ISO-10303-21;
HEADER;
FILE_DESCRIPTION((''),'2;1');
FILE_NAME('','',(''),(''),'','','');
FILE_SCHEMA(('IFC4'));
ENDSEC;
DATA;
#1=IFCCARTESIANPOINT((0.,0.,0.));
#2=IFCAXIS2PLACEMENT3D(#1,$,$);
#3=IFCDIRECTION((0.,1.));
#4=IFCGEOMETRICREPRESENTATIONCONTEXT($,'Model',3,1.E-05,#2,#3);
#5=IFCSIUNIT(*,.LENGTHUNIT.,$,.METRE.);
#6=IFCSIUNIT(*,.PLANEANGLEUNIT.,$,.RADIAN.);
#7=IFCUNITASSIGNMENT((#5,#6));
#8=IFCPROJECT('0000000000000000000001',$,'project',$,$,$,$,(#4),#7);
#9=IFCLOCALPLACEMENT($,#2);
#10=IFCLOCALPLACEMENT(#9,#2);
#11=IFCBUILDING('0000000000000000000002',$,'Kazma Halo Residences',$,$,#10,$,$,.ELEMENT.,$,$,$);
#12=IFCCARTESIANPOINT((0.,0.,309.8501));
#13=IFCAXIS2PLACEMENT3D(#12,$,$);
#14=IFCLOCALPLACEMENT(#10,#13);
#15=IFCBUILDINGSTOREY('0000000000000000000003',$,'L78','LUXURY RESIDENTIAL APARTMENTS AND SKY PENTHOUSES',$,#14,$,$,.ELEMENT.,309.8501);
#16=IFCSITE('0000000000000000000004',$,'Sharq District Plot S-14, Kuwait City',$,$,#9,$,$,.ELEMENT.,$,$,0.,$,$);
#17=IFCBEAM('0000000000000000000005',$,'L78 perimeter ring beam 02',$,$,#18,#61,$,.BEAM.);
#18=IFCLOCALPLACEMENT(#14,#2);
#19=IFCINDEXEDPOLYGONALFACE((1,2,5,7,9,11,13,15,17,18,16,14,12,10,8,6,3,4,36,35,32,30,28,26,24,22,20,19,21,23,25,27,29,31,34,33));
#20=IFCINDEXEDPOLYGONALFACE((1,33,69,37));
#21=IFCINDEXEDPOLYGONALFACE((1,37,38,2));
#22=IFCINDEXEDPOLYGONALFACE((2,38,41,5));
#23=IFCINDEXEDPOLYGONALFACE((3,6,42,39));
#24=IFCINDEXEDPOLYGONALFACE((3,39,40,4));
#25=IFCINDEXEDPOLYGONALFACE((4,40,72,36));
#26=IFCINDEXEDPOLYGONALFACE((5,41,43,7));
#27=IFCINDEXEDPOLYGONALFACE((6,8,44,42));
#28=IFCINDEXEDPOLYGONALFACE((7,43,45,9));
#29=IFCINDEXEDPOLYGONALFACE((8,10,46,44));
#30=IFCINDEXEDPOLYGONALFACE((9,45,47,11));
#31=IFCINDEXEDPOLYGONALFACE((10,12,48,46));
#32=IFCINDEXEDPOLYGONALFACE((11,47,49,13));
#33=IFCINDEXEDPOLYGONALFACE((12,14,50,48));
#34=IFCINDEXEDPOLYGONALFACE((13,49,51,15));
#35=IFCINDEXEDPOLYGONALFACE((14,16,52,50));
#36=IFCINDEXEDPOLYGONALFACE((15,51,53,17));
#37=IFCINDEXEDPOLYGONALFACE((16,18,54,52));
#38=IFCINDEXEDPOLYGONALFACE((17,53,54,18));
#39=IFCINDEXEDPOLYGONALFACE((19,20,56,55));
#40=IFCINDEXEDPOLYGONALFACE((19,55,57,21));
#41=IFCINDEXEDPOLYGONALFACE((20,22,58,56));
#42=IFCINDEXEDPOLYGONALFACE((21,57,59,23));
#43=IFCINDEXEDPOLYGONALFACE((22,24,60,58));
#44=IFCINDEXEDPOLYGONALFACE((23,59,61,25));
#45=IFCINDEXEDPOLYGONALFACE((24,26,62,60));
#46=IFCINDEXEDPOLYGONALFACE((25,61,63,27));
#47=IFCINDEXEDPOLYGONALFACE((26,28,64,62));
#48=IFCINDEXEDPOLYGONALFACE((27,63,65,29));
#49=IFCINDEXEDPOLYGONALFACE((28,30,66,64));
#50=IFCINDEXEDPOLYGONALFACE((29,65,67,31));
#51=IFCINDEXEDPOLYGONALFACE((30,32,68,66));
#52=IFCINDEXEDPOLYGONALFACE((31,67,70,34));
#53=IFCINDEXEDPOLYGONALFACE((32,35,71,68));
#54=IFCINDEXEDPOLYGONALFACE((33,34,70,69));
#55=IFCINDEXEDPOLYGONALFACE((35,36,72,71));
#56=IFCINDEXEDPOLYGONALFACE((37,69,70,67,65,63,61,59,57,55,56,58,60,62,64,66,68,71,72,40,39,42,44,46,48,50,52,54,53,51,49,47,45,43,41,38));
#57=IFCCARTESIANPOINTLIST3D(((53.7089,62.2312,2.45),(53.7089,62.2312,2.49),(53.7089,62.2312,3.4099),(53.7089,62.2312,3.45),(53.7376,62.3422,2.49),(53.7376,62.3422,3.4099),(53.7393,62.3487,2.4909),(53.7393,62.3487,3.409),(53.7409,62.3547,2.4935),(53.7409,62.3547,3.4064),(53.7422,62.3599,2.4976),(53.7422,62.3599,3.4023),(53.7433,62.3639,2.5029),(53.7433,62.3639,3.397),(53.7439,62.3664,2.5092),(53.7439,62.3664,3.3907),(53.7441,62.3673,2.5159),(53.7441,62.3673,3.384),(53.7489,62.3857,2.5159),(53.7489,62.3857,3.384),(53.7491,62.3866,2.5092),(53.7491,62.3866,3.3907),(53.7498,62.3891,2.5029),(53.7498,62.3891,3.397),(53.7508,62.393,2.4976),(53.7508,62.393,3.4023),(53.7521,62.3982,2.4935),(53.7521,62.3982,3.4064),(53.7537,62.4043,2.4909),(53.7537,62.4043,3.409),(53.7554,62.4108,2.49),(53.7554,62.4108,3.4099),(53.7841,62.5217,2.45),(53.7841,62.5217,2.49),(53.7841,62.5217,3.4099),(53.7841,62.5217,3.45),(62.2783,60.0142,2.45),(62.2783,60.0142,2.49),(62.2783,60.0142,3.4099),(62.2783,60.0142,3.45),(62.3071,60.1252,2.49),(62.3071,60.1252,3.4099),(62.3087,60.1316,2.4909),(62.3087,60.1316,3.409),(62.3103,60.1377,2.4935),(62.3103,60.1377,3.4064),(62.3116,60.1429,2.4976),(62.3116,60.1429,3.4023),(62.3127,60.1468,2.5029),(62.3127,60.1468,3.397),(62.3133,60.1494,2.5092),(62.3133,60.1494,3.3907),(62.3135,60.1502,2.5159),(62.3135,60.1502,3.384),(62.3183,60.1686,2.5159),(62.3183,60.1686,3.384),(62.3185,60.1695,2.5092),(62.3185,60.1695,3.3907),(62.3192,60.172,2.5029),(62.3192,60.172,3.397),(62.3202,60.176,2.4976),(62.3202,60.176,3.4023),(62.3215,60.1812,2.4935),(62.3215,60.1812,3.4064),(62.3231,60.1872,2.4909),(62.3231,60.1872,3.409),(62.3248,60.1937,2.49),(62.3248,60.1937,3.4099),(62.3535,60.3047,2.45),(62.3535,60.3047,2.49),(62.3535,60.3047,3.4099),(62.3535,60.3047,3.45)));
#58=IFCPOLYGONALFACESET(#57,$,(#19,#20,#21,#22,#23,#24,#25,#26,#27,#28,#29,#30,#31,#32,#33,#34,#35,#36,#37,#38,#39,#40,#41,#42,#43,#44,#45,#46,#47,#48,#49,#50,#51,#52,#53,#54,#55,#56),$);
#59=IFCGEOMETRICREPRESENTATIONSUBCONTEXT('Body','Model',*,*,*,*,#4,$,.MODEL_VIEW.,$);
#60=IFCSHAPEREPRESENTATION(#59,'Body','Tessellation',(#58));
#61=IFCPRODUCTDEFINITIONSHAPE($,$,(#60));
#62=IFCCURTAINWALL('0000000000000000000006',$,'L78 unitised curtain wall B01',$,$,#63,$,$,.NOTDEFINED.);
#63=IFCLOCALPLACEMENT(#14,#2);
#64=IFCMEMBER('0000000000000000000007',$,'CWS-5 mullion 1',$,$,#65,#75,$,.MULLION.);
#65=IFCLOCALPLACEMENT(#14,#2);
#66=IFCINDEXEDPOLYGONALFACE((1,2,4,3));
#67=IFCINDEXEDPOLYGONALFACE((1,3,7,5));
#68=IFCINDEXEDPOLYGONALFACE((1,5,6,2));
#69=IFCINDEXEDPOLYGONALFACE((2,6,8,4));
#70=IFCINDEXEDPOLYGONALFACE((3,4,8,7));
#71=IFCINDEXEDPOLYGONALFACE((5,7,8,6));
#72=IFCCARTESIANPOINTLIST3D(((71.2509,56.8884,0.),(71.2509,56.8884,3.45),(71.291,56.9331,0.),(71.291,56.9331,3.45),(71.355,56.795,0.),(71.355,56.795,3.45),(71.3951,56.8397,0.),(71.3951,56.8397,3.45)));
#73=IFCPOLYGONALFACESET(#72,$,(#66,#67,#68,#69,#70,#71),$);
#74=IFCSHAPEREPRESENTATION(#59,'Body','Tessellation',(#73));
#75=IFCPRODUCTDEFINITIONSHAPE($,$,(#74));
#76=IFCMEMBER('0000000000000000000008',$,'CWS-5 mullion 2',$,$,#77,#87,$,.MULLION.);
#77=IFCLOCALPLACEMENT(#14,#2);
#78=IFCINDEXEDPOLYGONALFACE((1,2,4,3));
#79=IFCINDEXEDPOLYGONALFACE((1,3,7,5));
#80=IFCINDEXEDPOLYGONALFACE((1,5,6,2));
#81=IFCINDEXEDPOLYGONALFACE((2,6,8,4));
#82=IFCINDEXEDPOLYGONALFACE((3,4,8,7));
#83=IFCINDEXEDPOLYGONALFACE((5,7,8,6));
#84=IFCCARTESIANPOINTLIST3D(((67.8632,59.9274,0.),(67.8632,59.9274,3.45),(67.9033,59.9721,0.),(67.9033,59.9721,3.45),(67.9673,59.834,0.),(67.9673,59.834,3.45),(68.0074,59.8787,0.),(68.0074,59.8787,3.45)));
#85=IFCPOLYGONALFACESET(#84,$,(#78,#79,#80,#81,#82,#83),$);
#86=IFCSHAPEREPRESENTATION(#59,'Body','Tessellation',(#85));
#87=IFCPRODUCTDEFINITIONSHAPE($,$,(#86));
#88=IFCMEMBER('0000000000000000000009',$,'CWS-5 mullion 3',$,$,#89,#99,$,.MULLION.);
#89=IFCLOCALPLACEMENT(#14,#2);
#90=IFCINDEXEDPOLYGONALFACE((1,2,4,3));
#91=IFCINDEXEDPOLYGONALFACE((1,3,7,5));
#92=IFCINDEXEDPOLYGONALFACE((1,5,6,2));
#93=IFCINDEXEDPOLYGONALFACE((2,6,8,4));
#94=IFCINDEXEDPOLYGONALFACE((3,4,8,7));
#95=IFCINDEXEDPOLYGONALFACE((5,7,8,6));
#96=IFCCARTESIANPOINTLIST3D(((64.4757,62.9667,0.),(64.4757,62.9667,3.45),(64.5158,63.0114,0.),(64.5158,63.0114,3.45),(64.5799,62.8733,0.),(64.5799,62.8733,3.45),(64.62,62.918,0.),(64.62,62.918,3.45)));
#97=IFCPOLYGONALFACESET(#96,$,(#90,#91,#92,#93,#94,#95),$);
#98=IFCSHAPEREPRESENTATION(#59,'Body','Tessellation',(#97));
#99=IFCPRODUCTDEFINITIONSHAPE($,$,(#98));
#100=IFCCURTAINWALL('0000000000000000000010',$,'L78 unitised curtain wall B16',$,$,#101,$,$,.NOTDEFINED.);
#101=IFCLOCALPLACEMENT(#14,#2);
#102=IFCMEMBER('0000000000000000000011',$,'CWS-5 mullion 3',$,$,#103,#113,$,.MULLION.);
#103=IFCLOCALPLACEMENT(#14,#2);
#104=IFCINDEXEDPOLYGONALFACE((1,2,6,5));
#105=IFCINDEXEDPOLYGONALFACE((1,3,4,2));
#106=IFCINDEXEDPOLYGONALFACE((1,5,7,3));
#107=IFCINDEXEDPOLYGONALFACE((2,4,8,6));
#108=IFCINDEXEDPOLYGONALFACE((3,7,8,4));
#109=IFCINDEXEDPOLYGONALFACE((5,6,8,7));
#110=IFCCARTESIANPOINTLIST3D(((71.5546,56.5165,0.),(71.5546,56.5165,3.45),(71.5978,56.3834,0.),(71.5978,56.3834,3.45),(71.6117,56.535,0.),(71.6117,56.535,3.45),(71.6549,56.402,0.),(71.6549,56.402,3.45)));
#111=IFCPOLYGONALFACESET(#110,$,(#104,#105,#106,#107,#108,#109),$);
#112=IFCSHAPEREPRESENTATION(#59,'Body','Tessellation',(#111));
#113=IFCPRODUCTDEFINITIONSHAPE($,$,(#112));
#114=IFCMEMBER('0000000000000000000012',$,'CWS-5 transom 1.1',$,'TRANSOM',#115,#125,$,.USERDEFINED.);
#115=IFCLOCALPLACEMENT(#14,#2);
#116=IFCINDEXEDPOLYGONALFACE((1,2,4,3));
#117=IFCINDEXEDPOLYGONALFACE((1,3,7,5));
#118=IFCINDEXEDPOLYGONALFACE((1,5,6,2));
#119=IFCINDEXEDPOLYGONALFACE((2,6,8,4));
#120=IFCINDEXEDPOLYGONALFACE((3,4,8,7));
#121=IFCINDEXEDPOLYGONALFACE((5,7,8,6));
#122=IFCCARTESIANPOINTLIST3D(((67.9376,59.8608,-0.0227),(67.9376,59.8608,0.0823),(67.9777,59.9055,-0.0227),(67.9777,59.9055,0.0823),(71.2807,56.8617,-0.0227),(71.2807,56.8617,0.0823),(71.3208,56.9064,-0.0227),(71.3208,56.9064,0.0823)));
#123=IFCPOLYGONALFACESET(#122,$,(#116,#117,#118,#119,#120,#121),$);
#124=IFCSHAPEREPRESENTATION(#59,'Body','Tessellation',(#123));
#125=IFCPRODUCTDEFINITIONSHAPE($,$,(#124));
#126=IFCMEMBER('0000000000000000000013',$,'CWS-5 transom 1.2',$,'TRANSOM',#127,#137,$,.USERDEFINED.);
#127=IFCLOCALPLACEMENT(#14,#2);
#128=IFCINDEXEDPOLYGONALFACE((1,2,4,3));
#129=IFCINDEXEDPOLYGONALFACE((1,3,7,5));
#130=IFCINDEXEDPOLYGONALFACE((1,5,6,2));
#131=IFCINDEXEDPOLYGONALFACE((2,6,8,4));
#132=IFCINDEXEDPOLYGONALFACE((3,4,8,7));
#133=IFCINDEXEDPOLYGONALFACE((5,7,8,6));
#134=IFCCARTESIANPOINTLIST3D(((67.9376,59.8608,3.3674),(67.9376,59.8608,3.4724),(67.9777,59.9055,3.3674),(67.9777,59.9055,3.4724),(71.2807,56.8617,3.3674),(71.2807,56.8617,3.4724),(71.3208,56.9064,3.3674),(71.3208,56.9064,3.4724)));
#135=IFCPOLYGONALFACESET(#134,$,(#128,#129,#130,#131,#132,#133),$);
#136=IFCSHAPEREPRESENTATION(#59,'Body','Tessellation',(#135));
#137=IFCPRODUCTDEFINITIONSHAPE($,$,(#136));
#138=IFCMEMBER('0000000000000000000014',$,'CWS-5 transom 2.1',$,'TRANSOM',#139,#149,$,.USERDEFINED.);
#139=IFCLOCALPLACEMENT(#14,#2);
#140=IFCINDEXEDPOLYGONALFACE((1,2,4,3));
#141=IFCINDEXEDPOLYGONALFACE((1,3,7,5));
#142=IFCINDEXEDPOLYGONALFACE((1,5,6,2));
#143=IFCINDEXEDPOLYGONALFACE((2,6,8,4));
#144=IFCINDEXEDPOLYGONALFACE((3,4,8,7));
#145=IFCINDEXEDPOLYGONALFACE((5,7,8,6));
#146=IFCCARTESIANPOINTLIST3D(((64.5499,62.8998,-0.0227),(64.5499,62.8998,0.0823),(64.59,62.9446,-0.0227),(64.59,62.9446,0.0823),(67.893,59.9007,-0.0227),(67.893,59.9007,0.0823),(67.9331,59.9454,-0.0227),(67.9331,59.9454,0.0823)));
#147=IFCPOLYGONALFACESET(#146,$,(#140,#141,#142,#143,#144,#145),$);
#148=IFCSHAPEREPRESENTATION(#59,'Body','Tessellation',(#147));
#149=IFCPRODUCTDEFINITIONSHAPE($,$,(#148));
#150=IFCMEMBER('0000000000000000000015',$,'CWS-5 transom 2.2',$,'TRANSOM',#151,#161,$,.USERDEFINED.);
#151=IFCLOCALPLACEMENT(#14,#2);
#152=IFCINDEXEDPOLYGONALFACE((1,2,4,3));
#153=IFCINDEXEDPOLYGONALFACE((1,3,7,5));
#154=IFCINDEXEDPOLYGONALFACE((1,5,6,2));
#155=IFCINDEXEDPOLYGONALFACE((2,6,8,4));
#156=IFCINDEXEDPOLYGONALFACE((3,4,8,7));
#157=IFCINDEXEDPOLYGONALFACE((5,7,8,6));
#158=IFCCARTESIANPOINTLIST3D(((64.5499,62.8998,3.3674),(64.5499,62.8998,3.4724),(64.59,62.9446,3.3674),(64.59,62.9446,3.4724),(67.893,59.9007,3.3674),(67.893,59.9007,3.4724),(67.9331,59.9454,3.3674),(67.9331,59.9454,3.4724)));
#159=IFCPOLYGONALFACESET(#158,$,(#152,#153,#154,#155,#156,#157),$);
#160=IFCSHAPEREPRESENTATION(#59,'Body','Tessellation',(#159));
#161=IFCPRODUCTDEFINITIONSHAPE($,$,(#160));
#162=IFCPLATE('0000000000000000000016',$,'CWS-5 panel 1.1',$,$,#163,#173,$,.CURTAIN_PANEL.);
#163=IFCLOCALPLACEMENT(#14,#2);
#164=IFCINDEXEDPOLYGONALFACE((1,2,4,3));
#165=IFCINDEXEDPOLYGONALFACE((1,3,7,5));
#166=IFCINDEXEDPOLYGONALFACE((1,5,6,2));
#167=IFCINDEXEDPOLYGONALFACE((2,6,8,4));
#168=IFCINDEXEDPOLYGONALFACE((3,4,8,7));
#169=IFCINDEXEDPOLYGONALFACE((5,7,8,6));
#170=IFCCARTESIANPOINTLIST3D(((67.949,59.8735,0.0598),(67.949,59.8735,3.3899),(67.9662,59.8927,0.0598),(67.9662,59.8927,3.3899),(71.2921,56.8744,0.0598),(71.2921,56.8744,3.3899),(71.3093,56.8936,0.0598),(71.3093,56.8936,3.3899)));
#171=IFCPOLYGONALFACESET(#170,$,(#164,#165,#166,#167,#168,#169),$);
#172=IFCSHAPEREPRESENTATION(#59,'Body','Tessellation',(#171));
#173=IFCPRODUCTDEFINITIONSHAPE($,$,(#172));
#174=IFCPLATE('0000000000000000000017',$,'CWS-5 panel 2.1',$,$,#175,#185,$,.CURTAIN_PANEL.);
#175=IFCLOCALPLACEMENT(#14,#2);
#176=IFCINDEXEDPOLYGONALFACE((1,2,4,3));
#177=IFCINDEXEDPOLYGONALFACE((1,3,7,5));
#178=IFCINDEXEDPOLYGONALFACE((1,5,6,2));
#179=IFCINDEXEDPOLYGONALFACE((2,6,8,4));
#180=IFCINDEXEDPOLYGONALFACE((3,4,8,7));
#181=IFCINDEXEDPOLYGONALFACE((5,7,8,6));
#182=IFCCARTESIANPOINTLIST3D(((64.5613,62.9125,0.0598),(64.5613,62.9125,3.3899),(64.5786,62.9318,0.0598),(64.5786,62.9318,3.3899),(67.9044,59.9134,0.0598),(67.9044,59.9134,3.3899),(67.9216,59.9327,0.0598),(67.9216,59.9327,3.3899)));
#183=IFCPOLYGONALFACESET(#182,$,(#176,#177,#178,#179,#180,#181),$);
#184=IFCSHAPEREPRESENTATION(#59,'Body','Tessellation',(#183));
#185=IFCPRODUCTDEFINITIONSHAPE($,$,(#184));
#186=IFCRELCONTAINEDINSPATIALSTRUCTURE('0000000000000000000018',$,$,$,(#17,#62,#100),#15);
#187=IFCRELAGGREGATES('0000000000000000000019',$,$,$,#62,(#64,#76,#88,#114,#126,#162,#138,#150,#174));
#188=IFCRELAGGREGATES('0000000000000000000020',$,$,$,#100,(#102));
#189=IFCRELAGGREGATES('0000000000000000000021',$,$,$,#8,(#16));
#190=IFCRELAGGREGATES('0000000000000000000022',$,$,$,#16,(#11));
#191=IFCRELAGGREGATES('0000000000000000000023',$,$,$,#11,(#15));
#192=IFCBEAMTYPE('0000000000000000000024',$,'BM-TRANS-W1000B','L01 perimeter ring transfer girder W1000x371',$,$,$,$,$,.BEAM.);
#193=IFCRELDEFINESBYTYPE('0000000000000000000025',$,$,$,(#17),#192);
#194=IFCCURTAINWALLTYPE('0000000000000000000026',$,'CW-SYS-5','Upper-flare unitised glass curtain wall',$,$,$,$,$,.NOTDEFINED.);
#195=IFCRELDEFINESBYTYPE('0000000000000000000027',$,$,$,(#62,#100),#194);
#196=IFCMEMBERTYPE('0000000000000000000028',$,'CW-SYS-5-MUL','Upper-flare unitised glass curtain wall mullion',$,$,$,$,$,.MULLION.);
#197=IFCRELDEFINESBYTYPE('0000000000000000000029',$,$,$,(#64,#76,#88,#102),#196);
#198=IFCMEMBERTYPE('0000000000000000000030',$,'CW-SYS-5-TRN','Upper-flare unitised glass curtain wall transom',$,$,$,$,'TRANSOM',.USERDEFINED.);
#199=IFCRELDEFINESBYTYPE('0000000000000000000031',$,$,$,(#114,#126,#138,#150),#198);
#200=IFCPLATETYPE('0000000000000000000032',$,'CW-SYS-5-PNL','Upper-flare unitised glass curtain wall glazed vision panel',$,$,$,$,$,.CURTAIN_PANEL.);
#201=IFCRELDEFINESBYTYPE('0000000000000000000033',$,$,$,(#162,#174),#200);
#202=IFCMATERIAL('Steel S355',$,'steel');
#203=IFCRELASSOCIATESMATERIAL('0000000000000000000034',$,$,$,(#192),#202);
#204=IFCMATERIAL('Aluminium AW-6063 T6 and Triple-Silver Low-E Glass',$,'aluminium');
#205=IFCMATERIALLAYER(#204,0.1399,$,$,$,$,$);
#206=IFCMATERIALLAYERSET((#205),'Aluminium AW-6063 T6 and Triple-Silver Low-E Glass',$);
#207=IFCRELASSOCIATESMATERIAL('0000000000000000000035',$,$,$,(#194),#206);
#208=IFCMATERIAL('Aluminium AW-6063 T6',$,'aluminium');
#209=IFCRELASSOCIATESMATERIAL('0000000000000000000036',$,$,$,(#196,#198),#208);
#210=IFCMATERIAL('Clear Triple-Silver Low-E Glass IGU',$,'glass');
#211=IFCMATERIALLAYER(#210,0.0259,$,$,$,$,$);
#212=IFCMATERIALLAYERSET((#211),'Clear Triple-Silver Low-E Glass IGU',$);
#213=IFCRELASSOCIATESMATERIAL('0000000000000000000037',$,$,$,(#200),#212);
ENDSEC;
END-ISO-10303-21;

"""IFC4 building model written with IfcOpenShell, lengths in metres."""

from ifc_helpers import new_model, si_unit, direction, frame, origin, origin_2d, place, context, subcontext, project, spatial, rectangle, i_section, extrude, material, layer, layer_set, material_profile, profile_set, type_object, element, aggregate, save


model = new_model("IFC4")

# Units and contexts
model_context = context("Model", 3, precision=1e-05, world=origin(), true_north=direction((0.0, 1.0)))
body_context = subcontext(model_context, "Body", "Model", "MODEL_VIEW")
ifc_project = project(units=[si_unit("LENGTHUNIT", "METRE"), si_unit("PLANEANGLEUNIT", "RADIAN")], contexts=[model_context])

# Site, building, storey
site_placement = place(None, origin())
site = spatial("IfcSite", under=ifc_project, at=site_placement, Name="Sharq District Plot S-14, Kuwait City", CompositionType="ELEMENT", RefElevation=0.0)
building_placement = place(site_placement, origin())
building = spatial("IfcBuilding", under=site, at=building_placement, Name="Kazma Halo Residences", CompositionType="ELEMENT")
storey_placement = place(building_placement, frame((0.0, 0.0, 309.8501)))
storey = spatial("IfcBuildingStorey", under=building, at=storey_placement, Name="L78", Description="LUXURY RESIDENTIAL APARTMENTS AND SKY PENTHOUSES", CompositionType="ELEMENT", Elevation=309.8501)

# Beam
ifc_material_1 = material(Name="Steel S355", Category="steel")
ifc_material_profile_1 = material_profile(ifc_material_1, i_section(OverallWidth=0.3, OverallDepth=1.0, WebThickness=0.019, FlangeThickness=0.04, FilletRadius=0.0259, at=origin_2d()), Name="W1000x371")
ifc_profile_set_1 = profile_set([ifc_material_profile_1], Name="Steel S355")
beam_type_1 = type_object("IfcBeamType", Name="BM-TRANS-W1000B", Description="L01 perimeter ring transfer girder W1000x371", PredefinedType="BEAM", material=ifc_profile_set_1)
beam_1_placement = place(storey_placement, frame((62.3159, 60.1594, 2.95), z_axis=(-0.968124, 0.250471, 0.0), x_axis=(-0.250471, -0.968124, 0.0)))
element("IfcBeam", 1, at=beam_1_placement, inside=storey, type_object=beam_type_1, Name="L78 perimeter ring beam 02", PredefinedType="BEAM", context=body_context, shape_type="SweptSolid", body=[
    extrude(i_section(OverallWidth=0.3, OverallDepth=1.0, WebThickness=0.019, FlangeThickness=0.04, FilletRadius=0.0259, at=origin_2d()), origin(), (0.0, 0.0, 1.0), 8.8516),
])

# Curtain wall, members
ifc_material_2 = material(Name="Aluminium AW-6063 T6 and Triple-Silver Low-E Glass", Category="aluminium")
ifc_layer_1 = layer(ifc_material_2, 0.1399)
ifc_layer_set_1 = layer_set([ifc_layer_1], Name="Aluminium AW-6063 T6 and Triple-Silver Low-E Glass")
curtain_wall_type = type_object("IfcCurtainWallType", Name="CW-SYS-5", Description="Upper-flare unitised glass curtain wall", PredefinedType="NOTDEFINED", material=ifc_layer_set_1)
curtain_wall_1_placement = place(storey_placement, origin())
curtain_wall_1 = element("IfcCurtainWall", 2, at=curtain_wall_1_placement, inside=storey, type_object=curtain_wall_type, Name="L78 unitised curtain wall B01", PredefinedType="NOTDEFINED")
ifc_material_3 = material(Name="Aluminium AW-6063 T6", Category="aluminium")
ifc_material_profile_2 = material_profile(ifc_material_3, rectangle(XDim=0.0601, YDim=0.1399, at=origin_2d()), Name="CWM-60x140")
ifc_profile_set_2 = profile_set([ifc_material_profile_2], Name="Aluminium AW-6063 T6")
member_type_1 = type_object("IfcMemberType", Name="CW-SYS-5-MUL", Description="Upper-flare unitised glass curtain wall mullion", PredefinedType="MULLION", material=ifc_profile_set_2)
member_1_placement = place(storey_placement, frame((71.323, 56.864, 0.0), z_axis=(0.0, 0.0, 1.0), x_axis=(-0.667776, -0.744362, 0.0)))
member_1 = element("IfcMember", 3, at=member_1_placement, type_object=member_type_1, Name="CWS-5 mullion 1", PredefinedType="MULLION", context=body_context, shape_type="SweptSolid", body=[
    extrude(rectangle(XDim=0.0601, YDim=0.1399, at=origin_2d()), origin(), (0.0, 0.0, 1.0), 3.45),
])
member_2_placement = place(storey_placement, frame((67.9353, 59.9031, 0.0), z_axis=(0.0, 0.0, 1.0), x_axis=(-0.667776, -0.744362, 0.0)))
member_2 = element("IfcMember", 4, at=member_2_placement, type_object=member_type_1, Name="CWS-5 mullion 2", PredefinedType="MULLION", context=body_context, shape_type="SweptSolid", body=[
    extrude(rectangle(XDim=0.0601, YDim=0.1399, at=origin_2d()), origin(), (0.0, 0.0, 1.0), 3.45),
])
member_3_placement = place(storey_placement, frame((64.5479, 62.9424, 0.0), z_axis=(0.0, 0.0, 1.0), x_axis=(-0.667776, -0.744362, 0.0)))
member_3 = element("IfcMember", 5, at=member_3_placement, type_object=member_type_1, Name="CWS-5 mullion 3", PredefinedType="MULLION", context=body_context, shape_type="SweptSolid", body=[
    extrude(rectangle(XDim=0.0601, YDim=0.1399, at=origin_2d()), origin(), (0.0, 0.0, 1.0), 3.45),
])

# Curtain wall, member
curtain_wall_2_placement = place(storey_placement, origin())
curtain_wall_2 = element("IfcCurtainWall", 6, at=curtain_wall_2_placement, inside=storey, type_object=curtain_wall_type, Name="L78 unitised curtain wall B16", PredefinedType="NOTDEFINED")
member_4_placement = place(storey_placement, frame((71.6047, 56.4592, 0.0), z_axis=(0.0, 0.0, 1.0), x_axis=(-0.951057, -0.309016, 0.0)))
member_4 = element("IfcMember", 7, at=member_4_placement, type_object=member_type_1, Name="CWS-5 mullion 3", PredefinedType="MULLION", context=body_context, shape_type="SweptSolid", body=[
    extrude(rectangle(XDim=0.0601, YDim=0.1399, at=origin_2d()), origin(), (0.0, 0.0, 1.0), 3.45),
])

# Members
ifc_material_profile_3 = material_profile(ifc_material_3, rectangle(XDim=0.0601, YDim=0.105, at=origin_2d()), Name="CWT-60x105")
ifc_profile_set_3 = profile_set([ifc_material_profile_3], Name="Aluminium AW-6063 T6")
member_type_2 = type_object("IfcMemberType", Name="CW-SYS-5-TRN", Description="Upper-flare unitised glass curtain wall transom", ElementType="TRANSOM", PredefinedType="USERDEFINED", material=ifc_profile_set_3)
member_5_placement = place(storey_placement, frame((71.3008, 56.884, 0.0298), z_axis=(-0.744366, 0.667772, 0.0), x_axis=(-0.667772, -0.744366, 0.0)))
member_5 = element("IfcMember", 8, at=member_5_placement, type_object=member_type_2, Name="CWS-5 transom 1.1", ObjectType="TRANSOM", PredefinedType="USERDEFINED", context=body_context, shape_type="SweptSolid", body=[
    extrude(rectangle(XDim=0.0601, YDim=0.105, at=origin_2d()), origin(), (0.0, 0.0, 1.0), 4.4912),
])
member_6_placement = place(storey_placement, frame((71.3008, 56.884, 3.4199), z_axis=(-0.744366, 0.667772, 0.0), x_axis=(-0.667772, -0.744366, 0.0)))
member_6 = element("IfcMember", 9, at=member_6_placement, type_object=member_type_2, Name="CWS-5 transom 1.2", ObjectType="TRANSOM", PredefinedType="USERDEFINED", context=body_context, shape_type="SweptSolid", body=[
    extrude(rectangle(XDim=0.0601, YDim=0.105, at=origin_2d()), origin(), (0.0, 0.0, 1.0), 4.4912),
])
member_7_placement = place(storey_placement, frame((67.9131, 59.9231, 0.0298), z_axis=(-0.744366, 0.667772, 0.0), x_axis=(-0.667772, -0.744366, 0.0)))
member_7 = element("IfcMember", 10, at=member_7_placement, type_object=member_type_2, Name="CWS-5 transom 2.1", ObjectType="TRANSOM", PredefinedType="USERDEFINED", context=body_context, shape_type="SweptSolid", body=[
    extrude(rectangle(XDim=0.0601, YDim=0.105, at=origin_2d()), origin(), (0.0, 0.0, 1.0), 4.4912),
])
member_8_placement = place(storey_placement, frame((67.9131, 59.9231, 3.4199), z_axis=(-0.744366, 0.667772, 0.0), x_axis=(-0.667772, -0.744366, 0.0)))
member_8 = element("IfcMember", 11, at=member_8_placement, type_object=member_type_2, Name="CWS-5 transom 2.2", ObjectType="TRANSOM", PredefinedType="USERDEFINED", context=body_context, shape_type="SweptSolid", body=[
    extrude(rectangle(XDim=0.0601, YDim=0.105, at=origin_2d()), origin(), (0.0, 0.0, 1.0), 4.4912),
])

# Plates
ifc_material_4 = material(Name="Clear Triple-Silver Low-E Glass IGU", Category="glass")
ifc_layer_2 = layer(ifc_material_4, 0.0259)
ifc_layer_set_2 = layer_set([ifc_layer_2], Name="Clear Triple-Silver Low-E Glass IGU")
plate_type = type_object("IfcPlateType", Name="CW-SYS-5-PNL", Description="Upper-flare unitised glass curtain wall glazed vision panel", PredefinedType="CURTAIN_PANEL", material=ifc_layer_set_2)
plate_1_placement = place(storey_placement, frame((69.6292, 58.3835, 0.0598), z_axis=(0.0, 0.0, 1.0), x_axis=(-0.744362, 0.667776, 0.0)))
plate_1 = element("IfcPlate", 12, at=plate_1_placement, type_object=plate_type, Name="CWS-5 panel 1.1", PredefinedType="CURTAIN_PANEL", context=body_context, shape_type="SweptSolid", body=[
    extrude(rectangle(XDim=4.4912, YDim=0.0259, at=origin_2d()), origin(), (0.0, 0.0, 1.0), 3.3301),
])
plate_2_placement = place(storey_placement, frame((66.2415, 61.4226, 0.0598), z_axis=(0.0, 0.0, 1.0), x_axis=(-0.744362, 0.667776, 0.0)))
plate_2 = element("IfcPlate", 13, at=plate_2_placement, type_object=plate_type, Name="CWS-5 panel 2.1", PredefinedType="CURTAIN_PANEL", context=body_context, shape_type="SweptSolid", body=[
    extrude(rectangle(XDim=4.4912, YDim=0.0259, at=origin_2d()), origin(), (0.0, 0.0, 1.0), 3.3301),
])
aggregate(curtain_wall_1, [member_1, member_2, member_3, member_5, member_6, plate_1, member_7, member_8, plate_2])
aggregate(curtain_wall_2, [member_4])

save(model, "model.ifc")
